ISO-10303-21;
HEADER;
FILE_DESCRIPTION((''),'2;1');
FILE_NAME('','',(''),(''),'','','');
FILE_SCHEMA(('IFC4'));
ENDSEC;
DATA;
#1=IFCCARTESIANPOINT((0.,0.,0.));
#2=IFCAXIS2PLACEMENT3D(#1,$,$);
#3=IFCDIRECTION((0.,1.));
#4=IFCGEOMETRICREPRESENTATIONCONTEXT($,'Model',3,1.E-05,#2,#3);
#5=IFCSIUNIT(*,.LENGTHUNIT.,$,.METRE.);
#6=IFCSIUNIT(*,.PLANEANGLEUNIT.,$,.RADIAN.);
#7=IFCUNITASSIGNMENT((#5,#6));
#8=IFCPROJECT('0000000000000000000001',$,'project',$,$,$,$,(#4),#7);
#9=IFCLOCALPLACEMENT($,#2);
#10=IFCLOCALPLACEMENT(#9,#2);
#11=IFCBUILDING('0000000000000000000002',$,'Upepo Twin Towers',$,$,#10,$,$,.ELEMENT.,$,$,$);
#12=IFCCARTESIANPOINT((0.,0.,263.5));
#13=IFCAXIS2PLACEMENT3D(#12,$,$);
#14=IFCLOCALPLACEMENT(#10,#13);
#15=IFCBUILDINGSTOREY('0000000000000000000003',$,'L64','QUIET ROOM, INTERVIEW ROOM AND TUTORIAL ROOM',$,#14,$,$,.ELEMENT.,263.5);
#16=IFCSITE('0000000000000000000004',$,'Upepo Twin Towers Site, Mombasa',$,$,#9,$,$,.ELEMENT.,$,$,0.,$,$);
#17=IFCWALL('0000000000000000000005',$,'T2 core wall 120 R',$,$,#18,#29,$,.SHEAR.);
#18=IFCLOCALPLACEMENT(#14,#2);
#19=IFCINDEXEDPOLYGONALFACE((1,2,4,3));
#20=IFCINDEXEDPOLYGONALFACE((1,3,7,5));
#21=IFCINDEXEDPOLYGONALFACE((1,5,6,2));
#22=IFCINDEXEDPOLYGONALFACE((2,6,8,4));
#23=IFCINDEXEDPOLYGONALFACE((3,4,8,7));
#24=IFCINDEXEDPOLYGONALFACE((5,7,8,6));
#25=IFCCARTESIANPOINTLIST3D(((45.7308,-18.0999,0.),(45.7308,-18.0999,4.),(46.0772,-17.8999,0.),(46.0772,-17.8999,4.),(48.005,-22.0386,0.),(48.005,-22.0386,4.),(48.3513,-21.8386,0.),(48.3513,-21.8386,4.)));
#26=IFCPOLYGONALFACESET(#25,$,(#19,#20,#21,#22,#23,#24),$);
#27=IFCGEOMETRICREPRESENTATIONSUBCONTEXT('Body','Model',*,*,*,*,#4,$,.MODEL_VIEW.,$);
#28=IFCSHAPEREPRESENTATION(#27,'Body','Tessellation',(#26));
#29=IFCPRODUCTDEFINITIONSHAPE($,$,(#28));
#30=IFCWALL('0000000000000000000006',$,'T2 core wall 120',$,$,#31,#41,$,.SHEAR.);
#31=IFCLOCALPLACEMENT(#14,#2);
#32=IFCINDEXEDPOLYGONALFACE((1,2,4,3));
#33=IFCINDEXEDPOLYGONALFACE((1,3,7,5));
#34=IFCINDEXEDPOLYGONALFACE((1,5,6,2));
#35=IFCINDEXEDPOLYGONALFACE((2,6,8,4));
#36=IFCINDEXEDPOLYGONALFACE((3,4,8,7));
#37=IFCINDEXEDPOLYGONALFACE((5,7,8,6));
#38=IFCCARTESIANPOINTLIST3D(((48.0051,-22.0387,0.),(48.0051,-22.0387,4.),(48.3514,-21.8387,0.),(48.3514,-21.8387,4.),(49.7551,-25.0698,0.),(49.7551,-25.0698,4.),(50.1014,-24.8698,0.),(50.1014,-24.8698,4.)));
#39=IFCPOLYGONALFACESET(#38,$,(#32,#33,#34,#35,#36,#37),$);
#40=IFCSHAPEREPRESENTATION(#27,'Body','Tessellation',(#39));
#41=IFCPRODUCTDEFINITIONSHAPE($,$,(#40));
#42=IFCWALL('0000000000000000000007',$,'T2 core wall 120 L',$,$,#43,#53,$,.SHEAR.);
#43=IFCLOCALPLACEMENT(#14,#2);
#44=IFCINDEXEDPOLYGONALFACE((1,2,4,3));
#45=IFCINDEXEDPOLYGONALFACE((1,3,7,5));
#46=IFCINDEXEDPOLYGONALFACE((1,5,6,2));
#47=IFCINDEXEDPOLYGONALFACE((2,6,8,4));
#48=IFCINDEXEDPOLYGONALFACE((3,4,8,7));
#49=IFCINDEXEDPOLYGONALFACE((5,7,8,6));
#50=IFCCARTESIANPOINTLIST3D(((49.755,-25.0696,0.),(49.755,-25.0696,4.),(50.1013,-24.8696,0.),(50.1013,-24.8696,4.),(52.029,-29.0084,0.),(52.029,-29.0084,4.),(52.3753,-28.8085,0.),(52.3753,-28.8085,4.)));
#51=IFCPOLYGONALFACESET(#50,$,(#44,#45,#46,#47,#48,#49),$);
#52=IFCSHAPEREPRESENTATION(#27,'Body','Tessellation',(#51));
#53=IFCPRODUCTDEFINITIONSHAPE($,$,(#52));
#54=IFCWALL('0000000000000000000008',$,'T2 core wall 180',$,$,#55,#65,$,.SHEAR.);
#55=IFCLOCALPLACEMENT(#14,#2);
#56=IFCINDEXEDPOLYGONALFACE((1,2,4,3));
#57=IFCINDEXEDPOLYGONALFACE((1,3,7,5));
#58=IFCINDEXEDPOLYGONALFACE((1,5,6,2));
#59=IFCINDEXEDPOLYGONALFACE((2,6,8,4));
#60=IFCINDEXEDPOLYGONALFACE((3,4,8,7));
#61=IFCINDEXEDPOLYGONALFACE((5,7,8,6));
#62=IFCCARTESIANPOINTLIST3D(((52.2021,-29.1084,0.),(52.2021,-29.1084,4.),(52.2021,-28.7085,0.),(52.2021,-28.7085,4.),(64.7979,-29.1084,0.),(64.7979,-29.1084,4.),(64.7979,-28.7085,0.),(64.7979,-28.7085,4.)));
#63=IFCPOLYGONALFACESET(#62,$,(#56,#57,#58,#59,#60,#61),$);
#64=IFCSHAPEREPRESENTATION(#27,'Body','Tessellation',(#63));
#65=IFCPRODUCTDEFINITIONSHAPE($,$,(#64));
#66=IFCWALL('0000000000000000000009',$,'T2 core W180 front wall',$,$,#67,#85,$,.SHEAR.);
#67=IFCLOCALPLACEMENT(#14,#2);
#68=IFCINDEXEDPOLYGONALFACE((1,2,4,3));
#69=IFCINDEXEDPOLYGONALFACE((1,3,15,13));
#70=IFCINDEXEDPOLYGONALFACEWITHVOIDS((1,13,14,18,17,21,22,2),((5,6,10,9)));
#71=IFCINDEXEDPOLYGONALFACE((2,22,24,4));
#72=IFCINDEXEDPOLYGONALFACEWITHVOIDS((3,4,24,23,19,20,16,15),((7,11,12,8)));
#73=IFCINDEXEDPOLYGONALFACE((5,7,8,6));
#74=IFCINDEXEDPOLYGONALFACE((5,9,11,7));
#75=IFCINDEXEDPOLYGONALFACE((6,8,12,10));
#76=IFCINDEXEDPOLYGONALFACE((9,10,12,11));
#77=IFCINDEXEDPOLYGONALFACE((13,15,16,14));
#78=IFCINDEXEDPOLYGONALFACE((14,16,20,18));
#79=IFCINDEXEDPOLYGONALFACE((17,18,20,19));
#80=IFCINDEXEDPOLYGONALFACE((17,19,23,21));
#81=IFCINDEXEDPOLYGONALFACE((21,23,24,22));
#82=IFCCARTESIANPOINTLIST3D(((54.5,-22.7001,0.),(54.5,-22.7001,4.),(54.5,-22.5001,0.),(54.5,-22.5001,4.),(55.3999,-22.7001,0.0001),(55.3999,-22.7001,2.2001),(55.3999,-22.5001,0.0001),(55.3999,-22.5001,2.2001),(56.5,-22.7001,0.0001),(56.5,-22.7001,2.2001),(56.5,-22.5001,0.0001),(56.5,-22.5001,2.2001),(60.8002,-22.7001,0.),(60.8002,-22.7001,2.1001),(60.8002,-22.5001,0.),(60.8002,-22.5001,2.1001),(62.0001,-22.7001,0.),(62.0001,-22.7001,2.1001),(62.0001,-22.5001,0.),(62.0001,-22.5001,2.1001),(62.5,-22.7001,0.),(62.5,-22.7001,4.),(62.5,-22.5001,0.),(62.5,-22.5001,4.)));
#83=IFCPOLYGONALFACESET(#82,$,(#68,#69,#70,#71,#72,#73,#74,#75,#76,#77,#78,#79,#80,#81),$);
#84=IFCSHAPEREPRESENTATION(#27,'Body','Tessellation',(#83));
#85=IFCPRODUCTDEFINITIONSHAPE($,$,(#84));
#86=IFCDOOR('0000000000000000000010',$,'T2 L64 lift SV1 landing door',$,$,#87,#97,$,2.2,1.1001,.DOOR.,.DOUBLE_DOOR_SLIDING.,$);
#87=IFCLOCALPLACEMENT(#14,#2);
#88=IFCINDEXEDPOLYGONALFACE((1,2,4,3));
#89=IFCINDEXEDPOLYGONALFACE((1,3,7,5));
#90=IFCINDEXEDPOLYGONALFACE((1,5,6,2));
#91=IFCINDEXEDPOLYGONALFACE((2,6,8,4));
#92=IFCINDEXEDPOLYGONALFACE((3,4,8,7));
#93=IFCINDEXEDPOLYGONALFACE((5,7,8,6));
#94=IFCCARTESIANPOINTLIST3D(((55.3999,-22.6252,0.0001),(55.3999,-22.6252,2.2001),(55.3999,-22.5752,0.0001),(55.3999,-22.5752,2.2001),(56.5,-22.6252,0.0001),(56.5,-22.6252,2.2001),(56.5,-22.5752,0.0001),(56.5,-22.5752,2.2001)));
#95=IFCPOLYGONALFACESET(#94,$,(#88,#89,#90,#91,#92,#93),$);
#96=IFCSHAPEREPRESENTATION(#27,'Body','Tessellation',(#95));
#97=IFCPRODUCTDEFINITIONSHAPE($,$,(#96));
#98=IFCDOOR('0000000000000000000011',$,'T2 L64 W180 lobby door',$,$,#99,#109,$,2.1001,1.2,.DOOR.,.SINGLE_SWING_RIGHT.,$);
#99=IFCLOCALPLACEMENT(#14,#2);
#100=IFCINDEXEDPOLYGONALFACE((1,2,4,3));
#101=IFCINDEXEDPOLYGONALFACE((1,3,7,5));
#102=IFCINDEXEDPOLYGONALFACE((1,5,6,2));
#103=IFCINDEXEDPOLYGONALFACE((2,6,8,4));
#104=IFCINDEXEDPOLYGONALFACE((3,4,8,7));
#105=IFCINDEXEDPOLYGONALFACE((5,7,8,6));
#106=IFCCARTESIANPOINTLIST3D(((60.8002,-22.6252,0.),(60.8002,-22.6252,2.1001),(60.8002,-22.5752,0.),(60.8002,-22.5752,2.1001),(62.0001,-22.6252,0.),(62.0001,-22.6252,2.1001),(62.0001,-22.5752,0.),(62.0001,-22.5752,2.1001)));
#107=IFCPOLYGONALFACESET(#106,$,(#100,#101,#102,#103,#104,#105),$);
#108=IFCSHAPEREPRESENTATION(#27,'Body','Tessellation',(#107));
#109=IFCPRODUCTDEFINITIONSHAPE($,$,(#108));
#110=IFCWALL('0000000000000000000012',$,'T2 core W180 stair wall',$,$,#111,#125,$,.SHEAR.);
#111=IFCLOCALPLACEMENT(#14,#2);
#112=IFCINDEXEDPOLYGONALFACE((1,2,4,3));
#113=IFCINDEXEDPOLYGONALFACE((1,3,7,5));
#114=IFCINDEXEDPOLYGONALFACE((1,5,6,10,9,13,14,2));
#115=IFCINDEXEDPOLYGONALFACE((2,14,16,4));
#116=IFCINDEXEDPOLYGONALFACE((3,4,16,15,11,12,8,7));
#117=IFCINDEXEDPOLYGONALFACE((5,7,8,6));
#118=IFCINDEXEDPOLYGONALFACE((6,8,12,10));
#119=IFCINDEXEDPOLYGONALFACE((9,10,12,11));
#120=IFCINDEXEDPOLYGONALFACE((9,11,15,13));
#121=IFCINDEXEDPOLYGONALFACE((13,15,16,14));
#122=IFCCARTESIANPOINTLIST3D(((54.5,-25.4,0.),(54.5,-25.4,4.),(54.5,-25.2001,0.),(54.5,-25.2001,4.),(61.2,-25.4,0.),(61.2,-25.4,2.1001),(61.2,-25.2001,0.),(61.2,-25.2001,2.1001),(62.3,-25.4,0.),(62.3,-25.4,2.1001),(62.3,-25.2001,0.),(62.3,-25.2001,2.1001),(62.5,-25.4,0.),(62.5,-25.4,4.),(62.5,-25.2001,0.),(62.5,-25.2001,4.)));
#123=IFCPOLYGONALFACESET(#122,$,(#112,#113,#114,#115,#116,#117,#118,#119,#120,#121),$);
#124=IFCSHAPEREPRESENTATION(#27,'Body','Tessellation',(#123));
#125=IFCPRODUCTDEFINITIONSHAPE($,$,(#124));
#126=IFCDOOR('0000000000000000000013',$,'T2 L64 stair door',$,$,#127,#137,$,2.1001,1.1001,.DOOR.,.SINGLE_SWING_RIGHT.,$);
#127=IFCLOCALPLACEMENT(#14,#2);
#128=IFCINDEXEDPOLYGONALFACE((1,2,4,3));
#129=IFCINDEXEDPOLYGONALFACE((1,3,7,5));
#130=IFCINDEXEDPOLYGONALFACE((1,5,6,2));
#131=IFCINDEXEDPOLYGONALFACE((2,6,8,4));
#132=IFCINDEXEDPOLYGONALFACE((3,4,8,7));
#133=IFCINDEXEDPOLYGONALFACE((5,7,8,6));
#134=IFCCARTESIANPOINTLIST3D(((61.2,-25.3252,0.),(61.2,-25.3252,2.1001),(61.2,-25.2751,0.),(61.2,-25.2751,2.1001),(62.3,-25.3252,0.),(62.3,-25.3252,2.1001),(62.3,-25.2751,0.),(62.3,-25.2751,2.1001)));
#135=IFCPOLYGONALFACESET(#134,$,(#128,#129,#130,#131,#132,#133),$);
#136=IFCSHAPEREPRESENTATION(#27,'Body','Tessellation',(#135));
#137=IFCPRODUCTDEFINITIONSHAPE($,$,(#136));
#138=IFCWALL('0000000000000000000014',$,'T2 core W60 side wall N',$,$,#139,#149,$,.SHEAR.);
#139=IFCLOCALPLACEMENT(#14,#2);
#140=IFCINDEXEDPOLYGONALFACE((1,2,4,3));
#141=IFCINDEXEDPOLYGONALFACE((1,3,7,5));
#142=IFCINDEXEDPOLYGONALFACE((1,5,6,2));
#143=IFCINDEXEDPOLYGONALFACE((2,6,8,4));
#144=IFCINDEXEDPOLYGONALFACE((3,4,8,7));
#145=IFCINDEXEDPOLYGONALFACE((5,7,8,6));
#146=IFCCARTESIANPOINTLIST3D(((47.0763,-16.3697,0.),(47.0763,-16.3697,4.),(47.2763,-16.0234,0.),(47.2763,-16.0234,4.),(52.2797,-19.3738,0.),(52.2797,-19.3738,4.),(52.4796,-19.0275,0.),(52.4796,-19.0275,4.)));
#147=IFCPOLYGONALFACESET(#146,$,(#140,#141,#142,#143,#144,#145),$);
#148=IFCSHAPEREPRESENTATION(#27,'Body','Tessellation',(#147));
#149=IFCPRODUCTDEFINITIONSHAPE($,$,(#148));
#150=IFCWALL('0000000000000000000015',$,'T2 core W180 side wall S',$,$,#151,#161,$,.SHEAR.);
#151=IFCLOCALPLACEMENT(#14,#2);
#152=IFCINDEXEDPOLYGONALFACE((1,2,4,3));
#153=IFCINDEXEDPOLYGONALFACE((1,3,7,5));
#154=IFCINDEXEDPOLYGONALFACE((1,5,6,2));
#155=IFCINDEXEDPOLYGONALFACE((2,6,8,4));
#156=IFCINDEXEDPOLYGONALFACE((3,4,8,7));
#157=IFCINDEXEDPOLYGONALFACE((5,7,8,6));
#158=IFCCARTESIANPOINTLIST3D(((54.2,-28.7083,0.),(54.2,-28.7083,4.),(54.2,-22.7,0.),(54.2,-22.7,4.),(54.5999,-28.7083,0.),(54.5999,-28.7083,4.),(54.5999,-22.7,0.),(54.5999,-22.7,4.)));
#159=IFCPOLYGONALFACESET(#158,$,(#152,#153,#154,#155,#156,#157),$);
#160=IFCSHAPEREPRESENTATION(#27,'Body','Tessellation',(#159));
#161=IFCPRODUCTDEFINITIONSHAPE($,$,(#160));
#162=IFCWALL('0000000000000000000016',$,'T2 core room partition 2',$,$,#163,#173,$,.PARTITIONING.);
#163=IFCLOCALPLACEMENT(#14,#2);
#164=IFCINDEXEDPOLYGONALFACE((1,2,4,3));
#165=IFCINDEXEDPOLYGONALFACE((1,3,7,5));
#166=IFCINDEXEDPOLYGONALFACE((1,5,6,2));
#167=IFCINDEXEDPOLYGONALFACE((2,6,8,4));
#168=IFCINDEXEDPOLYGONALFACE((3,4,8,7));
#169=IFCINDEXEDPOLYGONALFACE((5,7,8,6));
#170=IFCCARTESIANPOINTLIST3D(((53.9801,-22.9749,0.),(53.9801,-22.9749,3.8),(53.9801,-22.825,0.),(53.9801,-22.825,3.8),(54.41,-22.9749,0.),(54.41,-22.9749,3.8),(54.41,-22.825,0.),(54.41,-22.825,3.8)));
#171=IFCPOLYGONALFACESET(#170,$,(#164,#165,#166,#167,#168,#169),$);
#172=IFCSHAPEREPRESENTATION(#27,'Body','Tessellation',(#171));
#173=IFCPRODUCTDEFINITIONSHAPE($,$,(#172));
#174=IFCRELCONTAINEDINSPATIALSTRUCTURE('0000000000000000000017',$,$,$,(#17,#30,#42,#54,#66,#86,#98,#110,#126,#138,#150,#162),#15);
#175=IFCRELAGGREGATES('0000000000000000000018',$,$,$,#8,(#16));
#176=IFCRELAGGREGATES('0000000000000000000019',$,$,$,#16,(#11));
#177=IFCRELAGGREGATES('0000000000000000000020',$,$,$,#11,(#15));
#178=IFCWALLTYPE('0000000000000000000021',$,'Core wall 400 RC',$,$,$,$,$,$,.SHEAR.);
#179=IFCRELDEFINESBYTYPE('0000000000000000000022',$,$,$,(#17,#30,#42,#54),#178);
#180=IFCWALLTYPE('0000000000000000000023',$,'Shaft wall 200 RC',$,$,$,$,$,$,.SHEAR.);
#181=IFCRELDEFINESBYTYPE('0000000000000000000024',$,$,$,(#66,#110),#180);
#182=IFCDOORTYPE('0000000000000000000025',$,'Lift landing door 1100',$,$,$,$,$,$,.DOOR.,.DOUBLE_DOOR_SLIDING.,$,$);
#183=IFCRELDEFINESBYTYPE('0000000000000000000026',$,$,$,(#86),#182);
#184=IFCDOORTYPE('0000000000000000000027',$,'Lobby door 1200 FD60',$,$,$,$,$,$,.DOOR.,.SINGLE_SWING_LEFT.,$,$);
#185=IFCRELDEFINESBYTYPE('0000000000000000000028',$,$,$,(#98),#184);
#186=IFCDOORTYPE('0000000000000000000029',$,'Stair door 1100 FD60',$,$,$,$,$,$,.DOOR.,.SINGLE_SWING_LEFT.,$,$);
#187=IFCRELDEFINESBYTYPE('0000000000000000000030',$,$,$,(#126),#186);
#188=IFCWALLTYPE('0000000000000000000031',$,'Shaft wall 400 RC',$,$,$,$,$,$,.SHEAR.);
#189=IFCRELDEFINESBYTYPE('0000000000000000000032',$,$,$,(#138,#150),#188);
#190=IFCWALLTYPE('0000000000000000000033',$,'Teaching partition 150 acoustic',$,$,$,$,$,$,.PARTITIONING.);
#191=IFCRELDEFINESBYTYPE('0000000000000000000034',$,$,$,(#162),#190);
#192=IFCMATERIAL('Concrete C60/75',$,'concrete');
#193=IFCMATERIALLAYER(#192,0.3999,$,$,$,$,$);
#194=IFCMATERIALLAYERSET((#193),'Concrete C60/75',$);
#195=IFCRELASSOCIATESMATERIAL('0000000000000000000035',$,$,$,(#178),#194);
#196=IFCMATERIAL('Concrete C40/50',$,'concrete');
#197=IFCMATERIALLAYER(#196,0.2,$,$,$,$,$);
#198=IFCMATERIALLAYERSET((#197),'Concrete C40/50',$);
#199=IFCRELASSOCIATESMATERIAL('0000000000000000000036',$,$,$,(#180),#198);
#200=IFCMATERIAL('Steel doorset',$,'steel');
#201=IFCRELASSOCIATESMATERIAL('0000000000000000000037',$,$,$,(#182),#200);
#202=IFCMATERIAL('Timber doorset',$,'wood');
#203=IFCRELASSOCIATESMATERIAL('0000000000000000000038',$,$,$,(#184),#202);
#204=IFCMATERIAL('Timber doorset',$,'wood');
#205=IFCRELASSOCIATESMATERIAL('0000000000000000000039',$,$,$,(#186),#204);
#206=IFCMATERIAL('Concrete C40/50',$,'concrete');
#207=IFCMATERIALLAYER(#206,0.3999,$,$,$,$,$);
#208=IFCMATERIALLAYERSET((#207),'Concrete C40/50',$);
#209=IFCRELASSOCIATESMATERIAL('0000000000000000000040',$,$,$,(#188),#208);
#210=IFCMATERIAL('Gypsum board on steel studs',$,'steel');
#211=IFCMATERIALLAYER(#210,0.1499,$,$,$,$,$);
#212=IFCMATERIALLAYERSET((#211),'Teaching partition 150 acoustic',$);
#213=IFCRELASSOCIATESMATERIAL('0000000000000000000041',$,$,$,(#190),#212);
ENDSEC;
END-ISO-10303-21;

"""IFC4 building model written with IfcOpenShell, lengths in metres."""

from ifc_helpers import new_model, si_unit, direction, frame, frame_2d, origin, place, context, subcontext, project, spatial, rectangle, extrude, material, layer, layer_set, type_object, element, fill, save


model = new_model("IFC4")

# Units and contexts
model_context = context("Model", 3, precision=1e-05, world=origin(), true_north=direction((0.0, 1.0)))
body_context = subcontext(model_context, "Body", "Model", "MODEL_VIEW")
ifc_project = project(units=[si_unit("LENGTHUNIT", "METRE"), si_unit("PLANEANGLEUNIT", "RADIAN")], contexts=[model_context])

# Site, building, storey
site_placement = place(None, origin())
site = spatial("IfcSite", under=ifc_project, at=site_placement, Name="Upepo Twin Towers Site, Mombasa", CompositionType="ELEMENT", RefElevation=0.0)
building_placement = place(site_placement, origin())
building = spatial("IfcBuilding", under=site, at=building_placement, Name="Upepo Twin Towers", CompositionType="ELEMENT")
storey_placement = place(building_placement, frame((0.0, 0.0, 263.5)))
storey = spatial("IfcBuildingStorey", under=building, at=storey_placement, Name="L64", Description="QUIET ROOM, INTERVIEW ROOM AND TUTORIAL ROOM", CompositionType="ELEMENT", Elevation=263.5)

# Walls
ifc_material_1 = material(Name="Concrete C60/75", Category="concrete")
ifc_layer_1 = layer(ifc_material_1, 0.3999)
ifc_layer_set_1 = layer_set([ifc_layer_1], Name="Concrete C60/75")
wall_type_1 = type_object("IfcWallType", Name="Core wall 400 RC", PredefinedType="SHEAR", material=ifc_layer_set_1)
wall_1_placement = place(storey_placement, frame((45.9041, -18.0, 0.0), z_axis=(0.0, 0.0, 1.0), x_axis=(0.500024, -0.866011, 0.0)))
element("IfcWall", 1, at=wall_1_placement, inside=storey, type_object=wall_type_1, Name="T2 core wall 120 R", PredefinedType="SHEAR", context=body_context, shape_type="SweptSolid", body=[
    extrude(rectangle(XDim=4.5481, YDim=0.3999, at=frame_2d((2.2739, 0.0))), origin(), (0.0, 0.0, 1.0), 4.0),
])
wall_2_placement = place(storey_placement, frame((48.1782, -21.9387, 0.0), z_axis=(0.0, 0.0, 1.0), x_axis=(0.50001, -0.866019, 0.0)))
element("IfcWall", 2, at=wall_2_placement, inside=storey, type_object=wall_type_1, Name="T2 core wall 120", PredefinedType="SHEAR", context=body_context, shape_type="SweptSolid", body=[
    extrude(rectangle(XDim=3.5, YDim=0.3999, at=frame_2d((1.75, 0.0))), origin(), (0.0, 0.0, 1.0), 4.0),
])
wall_3_placement = place(storey_placement, frame((49.9282, -24.9697, 0.0), z_axis=(0.0, 0.0, 1.0), x_axis=(0.499984, -0.866035, 0.0)))
element("IfcWall", 3, at=wall_3_placement, inside=storey, type_object=wall_type_1, Name="T2 core wall 120 L", PredefinedType="SHEAR", context=body_context, shape_type="SweptSolid", body=[
    extrude(rectangle(XDim=4.5481, YDim=0.3999, at=frame_2d((2.2739, 0.0))), origin(), (0.0, 0.0, 1.0), 4.0),
])
wall_4_placement = place(storey_placement, frame((52.2021, -28.9084, 0.0), z_axis=(0.0, 0.0, 1.0), x_axis=(1.0, 0.0, 0.0)))
element("IfcWall", 4, at=wall_4_placement, inside=storey, type_object=wall_type_1, Name="T2 core wall 180", PredefinedType="SHEAR", context=body_context, shape_type="SweptSolid", body=[
    extrude(rectangle(XDim=12.5957, YDim=0.3999, at=frame_2d((6.2979, 0.0))), origin(), (0.0, 0.0, 1.0), 4.0),
])

# Wall, openings, doors
ifc_material_2 = material(Name="Concrete C40/50", Category="concrete")
ifc_layer_2 = layer(ifc_material_2, 0.2)
ifc_layer_set_2 = layer_set([ifc_layer_2], Name="Concrete C40/50")
wall_type_2 = type_object("IfcWallType", Name="Shaft wall 200 RC", PredefinedType="SHEAR", material=ifc_layer_set_2)
wall_5_placement = place(storey_placement, frame((54.5, -22.6001, 0.0), z_axis=(0.0, 0.0, 1.0), x_axis=(1.0, 0.0, 0.0)))
wall_5 = element("IfcWall", 5, at=wall_5_placement, inside=storey, type_object=wall_type_2, Name="T2 core W180 front wall", PredefinedType="SHEAR", context=body_context, shape_type="SweptSolid", body=[
    extrude(rectangle(XDim=8.0, YDim=0.2, at=frame_2d((4.0, 0.0))), origin(), (0.0, 0.0, 1.0), 4.0),
])
opening_1_placement = place(wall_5_placement, frame((6.3, 0.0, 0.0)))
opening_1 = element("IfcOpeningElement", 6, at=opening_1_placement, cuts=wall_5, PredefinedType="OPENING", context=body_context, shape_type="SweptSolid", body=[
    extrude(rectangle(XDim=1.2, YDim=2.1001, at=frame_2d((0.6001, 1.05))), frame((0.0, 0.1099, 0.0), z_axis=(0.0, -1.0, 0.0), x_axis=(1.0, 0.0, 0.0)), (0.0, 0.0, 1.0), 0.22),
])
opening_2_placement = place(wall_5_placement, frame((0.8999, 0.0, 0.0)))
opening_2 = element("IfcOpeningElement", 7, at=opening_2_placement, cuts=wall_5, PredefinedType="OPENING", context=body_context, shape_type="SweptSolid", body=[
    extrude(rectangle(XDim=1.1001, YDim=2.2, at=frame_2d((0.55, 1.1001))), frame((0.0, 0.1099, 0.0), z_axis=(0.0, -1.0, 0.0), x_axis=(1.0, 0.0, 0.0)), (0.0, 0.0, 1.0), 0.22),
])
ifc_material_3 = material(Name="Steel doorset", Category="steel")
door_type_1 = type_object("IfcDoorType", Name="Lift landing door 1100", OperationType="DOUBLE_DOOR_SLIDING", PredefinedType="DOOR", material=ifc_material_3)
door_1_placement = place(opening_2_placement, origin())
door_1 = element("IfcDoor", 8, at=door_1_placement, inside=storey, type_object=door_type_1, Name="T2 L64 lift SV1 landing door", OperationType="DOUBLE_DOOR_SLIDING", OverallHeight=2.2, OverallWidth=1.1001, PredefinedType="DOOR", context=body_context, shape_type="SweptSolid", body=[
    extrude(rectangle(XDim=1.1001, YDim=2.2, at=frame_2d((0.55, 1.1001))), frame((0.0, 0.0249, 0.0), z_axis=(0.0, -1.0, 0.0), x_axis=(1.0, 0.0, 0.0)), (0.0, 0.0, 1.0), 0.05),
])
fill(opening_2, door_1)
ifc_material_4 = material(Name="Timber doorset", Category="wood")
door_type_2 = type_object("IfcDoorType", Name="Lobby door 1200 FD60", OperationType="SINGLE_SWING_LEFT", PredefinedType="DOOR", material=ifc_material_4)
door_2_placement = place(opening_1_placement, origin())
door_2 = element("IfcDoor", 9, at=door_2_placement, inside=storey, type_object=door_type_2, Name="T2 L64 W180 lobby door", OperationType="SINGLE_SWING_RIGHT", OverallHeight=2.1001, OverallWidth=1.2, PredefinedType="DOOR", context=body_context, shape_type="SweptSolid", body=[
    extrude(rectangle(XDim=1.2, YDim=2.1001, at=frame_2d((0.6001, 1.05))), frame((0.0, 0.0249, 0.0), z_axis=(0.0, -1.0, 0.0), x_axis=(1.0, 0.0, 0.0)), (0.0, 0.0, 1.0), 0.05),
])
fill(opening_1, door_2)

# Wall, opening, door
wall_6_placement = place(storey_placement, frame((54.5, -25.3, 0.0), z_axis=(0.0, 0.0, 1.0), x_axis=(1.0, 0.0, 0.0)))
wall_6 = element("IfcWall", 10, at=wall_6_placement, inside=storey, type_object=wall_type_2, Name="T2 core W180 stair wall", PredefinedType="SHEAR", context=body_context, shape_type="SweptSolid", body=[
    extrude(rectangle(XDim=8.0, YDim=0.2, at=frame_2d((4.0, 0.0))), origin(), (0.0, 0.0, 1.0), 4.0),
])
opening_3_placement = place(wall_6_placement, frame((6.7, 0.0, 0.0)))
opening_3 = element("IfcOpeningElement", 11, at=opening_3_placement, cuts=wall_6, PredefinedType="OPENING", context=body_context, shape_type="SweptSolid", body=[
    extrude(rectangle(XDim=1.1001, YDim=2.1001, at=frame_2d((0.55, 1.05))), frame((0.0, 0.1099, 0.0), z_axis=(0.0, -1.0, 0.0), x_axis=(1.0, 0.0, 0.0)), (0.0, 0.0, 1.0), 0.22),
])
ifc_material_5 = material(Name="Timber doorset", Category="wood")
door_type_3 = type_object("IfcDoorType", Name="Stair door 1100 FD60", OperationType="SINGLE_SWING_LEFT", PredefinedType="DOOR", material=ifc_material_5)
door_3_placement = place(opening_3_placement, origin())
door_3 = element("IfcDoor", 12, at=door_3_placement, inside=storey, type_object=door_type_3, Name="T2 L64 stair door", OperationType="SINGLE_SWING_RIGHT", OverallHeight=2.1001, OverallWidth=1.1001, PredefinedType="DOOR", context=body_context, shape_type="SweptSolid", body=[
    extrude(rectangle(XDim=1.1001, YDim=2.1001, at=frame_2d((0.55, 1.05))), frame((0.0, 0.0249, 0.0), z_axis=(0.0, -1.0, 0.0), x_axis=(1.0, 0.0, 0.0)), (0.0, 0.0, 1.0), 0.05),
])
fill(opening_3, door_3)

# Walls
ifc_material_6 = material(Name="Concrete C40/50", Category="concrete")
ifc_layer_3 = layer(ifc_material_6, 0.3999)
ifc_layer_set_3 = layer_set([ifc_layer_3], Name="Concrete C40/50")
wall_type_3 = type_object("IfcWallType", Name="Shaft wall 400 RC", PredefinedType="SHEAR", material=ifc_layer_set_3)
for number, where, z_axis, x_axis, name in (
    (13, (52.3796, -19.2007, 0.0), (0.0, 0.0, 1.0), (-0.866027, 0.499998, 0.0), "T2 core W60 side wall N"),
    (14, (54.3999, -22.7, 0.0), (0.0, 0.0, 1.0), (0.0, -1.0, 0.0), "T2 core W180 side wall S"),
):
    element("IfcWall", number, at=place(storey_placement, frame(where, z_axis=z_axis, x_axis=x_axis)), inside=storey, type_object=wall_type_3, Name=name, PredefinedType="SHEAR", context=body_context, shape_type="SweptSolid", body=[
        extrude(rectangle(XDim=6.0083, YDim=0.3999, at=frame_2d((3.0042, 0.0))), origin(), (0.0, 0.0, 1.0), 4.0),
    ])
ifc_material_7 = material(Name="Gypsum board on steel studs", Category="steel")
ifc_layer_4 = layer(ifc_material_7, 0.1499)
ifc_layer_set_4 = layer_set([ifc_layer_4], Name="Teaching partition 150 acoustic")
wall_type_4 = type_object("IfcWallType", Name="Teaching partition 150 acoustic", PredefinedType="PARTITIONING", material=ifc_layer_set_4)
wall_7_placement = place(storey_placement, frame((54.4099, -22.8999, 0.0), z_axis=(0.0, 0.0, 1.0), x_axis=(-1.0, 0.0, 0.0)))
element("IfcWall", 15, at=wall_7_placement, inside=storey, type_object=wall_type_4, Name="T2 core room partition 2", PredefinedType="PARTITIONING", context=body_context, shape_type="SweptSolid", body=[
    extrude(rectangle(XDim=0.4299, YDim=0.1499, at=frame_2d((0.2148, 0.0))), origin(), (0.0, 0.0, 1.0), 3.8),
])

save(model, "model.ifc")
